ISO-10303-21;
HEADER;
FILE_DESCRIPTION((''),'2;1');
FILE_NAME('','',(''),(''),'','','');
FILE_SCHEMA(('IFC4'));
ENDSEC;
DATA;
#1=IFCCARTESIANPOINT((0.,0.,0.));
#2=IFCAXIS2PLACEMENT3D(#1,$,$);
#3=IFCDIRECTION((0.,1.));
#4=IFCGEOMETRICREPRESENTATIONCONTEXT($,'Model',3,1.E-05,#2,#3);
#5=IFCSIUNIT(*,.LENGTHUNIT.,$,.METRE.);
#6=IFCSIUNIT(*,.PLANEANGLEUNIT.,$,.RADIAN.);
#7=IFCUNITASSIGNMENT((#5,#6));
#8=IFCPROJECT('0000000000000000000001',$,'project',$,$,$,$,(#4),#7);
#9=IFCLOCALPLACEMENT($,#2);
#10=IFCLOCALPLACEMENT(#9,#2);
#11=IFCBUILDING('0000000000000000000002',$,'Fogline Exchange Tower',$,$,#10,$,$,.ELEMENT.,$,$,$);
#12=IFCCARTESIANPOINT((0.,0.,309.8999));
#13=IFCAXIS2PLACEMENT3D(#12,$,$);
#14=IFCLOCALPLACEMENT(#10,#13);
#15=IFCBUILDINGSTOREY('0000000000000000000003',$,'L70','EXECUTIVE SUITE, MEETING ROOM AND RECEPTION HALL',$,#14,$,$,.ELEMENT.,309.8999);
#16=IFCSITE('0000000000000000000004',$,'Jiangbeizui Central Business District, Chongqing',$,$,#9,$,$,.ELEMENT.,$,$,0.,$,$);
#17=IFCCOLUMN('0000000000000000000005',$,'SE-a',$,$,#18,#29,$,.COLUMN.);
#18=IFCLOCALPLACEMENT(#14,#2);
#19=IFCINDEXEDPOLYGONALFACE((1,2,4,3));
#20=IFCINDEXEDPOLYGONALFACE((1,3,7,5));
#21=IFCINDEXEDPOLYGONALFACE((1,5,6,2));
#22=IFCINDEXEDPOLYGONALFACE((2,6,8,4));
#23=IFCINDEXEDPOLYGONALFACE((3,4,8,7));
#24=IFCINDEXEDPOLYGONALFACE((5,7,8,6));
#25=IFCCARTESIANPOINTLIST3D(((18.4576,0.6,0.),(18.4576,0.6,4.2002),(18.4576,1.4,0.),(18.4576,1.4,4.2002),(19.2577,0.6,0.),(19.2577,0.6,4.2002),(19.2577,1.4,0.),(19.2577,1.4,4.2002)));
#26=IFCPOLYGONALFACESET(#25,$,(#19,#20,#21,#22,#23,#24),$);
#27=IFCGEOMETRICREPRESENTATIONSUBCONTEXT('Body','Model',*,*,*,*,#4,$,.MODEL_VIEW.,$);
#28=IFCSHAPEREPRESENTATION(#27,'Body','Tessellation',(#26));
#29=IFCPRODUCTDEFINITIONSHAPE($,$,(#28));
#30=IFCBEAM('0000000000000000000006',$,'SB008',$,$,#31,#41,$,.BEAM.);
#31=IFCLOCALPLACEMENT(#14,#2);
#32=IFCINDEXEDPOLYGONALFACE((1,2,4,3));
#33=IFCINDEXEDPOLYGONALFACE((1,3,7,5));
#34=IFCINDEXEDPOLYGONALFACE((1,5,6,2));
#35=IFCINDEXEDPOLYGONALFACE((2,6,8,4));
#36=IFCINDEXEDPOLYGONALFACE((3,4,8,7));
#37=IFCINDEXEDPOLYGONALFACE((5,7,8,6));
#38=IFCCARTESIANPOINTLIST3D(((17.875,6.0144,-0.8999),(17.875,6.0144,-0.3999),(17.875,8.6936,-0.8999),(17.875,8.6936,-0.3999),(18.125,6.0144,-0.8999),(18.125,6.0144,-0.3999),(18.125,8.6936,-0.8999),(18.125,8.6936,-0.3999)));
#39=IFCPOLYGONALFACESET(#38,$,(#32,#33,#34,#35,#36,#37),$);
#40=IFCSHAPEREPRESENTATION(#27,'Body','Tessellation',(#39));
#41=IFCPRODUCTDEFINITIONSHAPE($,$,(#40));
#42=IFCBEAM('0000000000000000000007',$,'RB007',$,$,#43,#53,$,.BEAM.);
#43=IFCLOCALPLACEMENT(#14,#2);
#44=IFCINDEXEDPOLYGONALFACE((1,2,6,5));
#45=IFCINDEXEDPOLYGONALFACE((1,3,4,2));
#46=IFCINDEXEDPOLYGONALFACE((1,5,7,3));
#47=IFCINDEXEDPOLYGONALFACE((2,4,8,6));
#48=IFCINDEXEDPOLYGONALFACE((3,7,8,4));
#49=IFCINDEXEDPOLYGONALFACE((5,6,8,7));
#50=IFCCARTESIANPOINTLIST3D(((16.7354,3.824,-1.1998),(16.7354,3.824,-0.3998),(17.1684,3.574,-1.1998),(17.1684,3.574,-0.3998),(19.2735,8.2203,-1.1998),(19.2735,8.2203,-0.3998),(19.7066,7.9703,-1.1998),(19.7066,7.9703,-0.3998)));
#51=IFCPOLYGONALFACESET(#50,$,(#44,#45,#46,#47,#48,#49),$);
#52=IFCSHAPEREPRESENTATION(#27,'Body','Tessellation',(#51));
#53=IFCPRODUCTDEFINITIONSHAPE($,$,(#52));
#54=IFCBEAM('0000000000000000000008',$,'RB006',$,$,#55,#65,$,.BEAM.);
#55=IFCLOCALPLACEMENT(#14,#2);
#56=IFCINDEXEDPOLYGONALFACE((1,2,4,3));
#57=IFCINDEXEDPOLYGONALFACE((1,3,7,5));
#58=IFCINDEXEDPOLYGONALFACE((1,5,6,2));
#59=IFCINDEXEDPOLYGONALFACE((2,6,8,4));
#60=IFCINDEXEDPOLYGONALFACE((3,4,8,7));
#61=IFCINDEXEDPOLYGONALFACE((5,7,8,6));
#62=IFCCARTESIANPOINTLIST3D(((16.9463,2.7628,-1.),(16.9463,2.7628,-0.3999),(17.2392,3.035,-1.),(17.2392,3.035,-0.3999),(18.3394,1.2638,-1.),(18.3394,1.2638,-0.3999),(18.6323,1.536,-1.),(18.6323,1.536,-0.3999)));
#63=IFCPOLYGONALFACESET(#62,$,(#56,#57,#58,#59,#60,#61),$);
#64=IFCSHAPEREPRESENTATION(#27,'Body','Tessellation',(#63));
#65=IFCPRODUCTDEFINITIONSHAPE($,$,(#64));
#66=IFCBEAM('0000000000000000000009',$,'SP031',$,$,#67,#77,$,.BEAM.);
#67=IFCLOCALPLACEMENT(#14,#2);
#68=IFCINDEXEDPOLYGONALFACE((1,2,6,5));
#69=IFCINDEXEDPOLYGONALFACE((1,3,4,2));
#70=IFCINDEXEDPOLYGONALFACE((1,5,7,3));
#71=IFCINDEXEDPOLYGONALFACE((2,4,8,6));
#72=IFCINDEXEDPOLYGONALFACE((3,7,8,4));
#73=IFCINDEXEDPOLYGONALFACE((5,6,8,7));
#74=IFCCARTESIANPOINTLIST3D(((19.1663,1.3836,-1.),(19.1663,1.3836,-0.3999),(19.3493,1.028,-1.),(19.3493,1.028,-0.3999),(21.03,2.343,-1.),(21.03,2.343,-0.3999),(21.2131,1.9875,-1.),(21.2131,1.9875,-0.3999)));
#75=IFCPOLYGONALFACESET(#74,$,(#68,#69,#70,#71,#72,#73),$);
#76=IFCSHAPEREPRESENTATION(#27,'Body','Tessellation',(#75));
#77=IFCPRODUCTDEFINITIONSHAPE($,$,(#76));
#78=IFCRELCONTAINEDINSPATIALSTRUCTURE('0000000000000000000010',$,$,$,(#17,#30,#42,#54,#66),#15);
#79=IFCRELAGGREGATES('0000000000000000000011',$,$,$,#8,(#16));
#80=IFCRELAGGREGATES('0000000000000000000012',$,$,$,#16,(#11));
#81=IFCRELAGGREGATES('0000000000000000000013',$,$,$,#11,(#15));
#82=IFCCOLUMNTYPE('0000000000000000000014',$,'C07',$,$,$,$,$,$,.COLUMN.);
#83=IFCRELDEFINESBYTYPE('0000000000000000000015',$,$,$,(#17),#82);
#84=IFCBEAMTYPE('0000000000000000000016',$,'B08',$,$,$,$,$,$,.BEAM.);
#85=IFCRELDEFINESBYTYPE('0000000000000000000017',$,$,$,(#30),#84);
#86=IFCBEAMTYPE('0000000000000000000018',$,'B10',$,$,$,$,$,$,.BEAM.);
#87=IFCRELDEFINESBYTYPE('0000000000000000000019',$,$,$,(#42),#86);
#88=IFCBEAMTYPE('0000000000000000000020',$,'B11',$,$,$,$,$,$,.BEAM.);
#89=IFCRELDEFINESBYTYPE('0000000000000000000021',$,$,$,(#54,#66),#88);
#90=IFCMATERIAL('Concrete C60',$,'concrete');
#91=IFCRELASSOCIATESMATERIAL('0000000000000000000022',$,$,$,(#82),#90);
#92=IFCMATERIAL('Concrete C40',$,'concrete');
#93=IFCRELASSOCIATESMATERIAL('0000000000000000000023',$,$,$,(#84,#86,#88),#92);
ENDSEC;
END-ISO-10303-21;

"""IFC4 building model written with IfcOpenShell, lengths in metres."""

from ifc_helpers import new_model, si_unit, direction, frame, origin, origin_2d, place, context, subcontext, project, spatial, rectangle, extrude, material, material_profile, profile_set, type_object, element, save


model = new_model("IFC4")

# Units and contexts
model_context = context("Model", 3, precision=1e-05, world=origin(), true_north=direction((0.0, 1.0)))
body_context = subcontext(model_context, "Body", "Model", "MODEL_VIEW")
ifc_project = project(units=[si_unit("LENGTHUNIT", "METRE"), si_unit("PLANEANGLEUNIT", "RADIAN")], contexts=[model_context])

# Site, building, storey
site_placement = place(None, origin())
site = spatial("IfcSite", under=ifc_project, at=site_placement, Name="Jiangbeizui Central Business District, Chongqing", CompositionType="ELEMENT", RefElevation=0.0)
building_placement = place(site_placement, origin())
building = spatial("IfcBuilding", under=site, at=building_placement, Name="Fogline Exchange Tower", CompositionType="ELEMENT")
storey_placement = place(building_placement, frame((0.0, 0.0, 309.8999)))
storey = spatial("IfcBuildingStorey", under=building, at=storey_placement, Name="L70", Description="EXECUTIVE SUITE, MEETING ROOM AND RECEPTION HALL", CompositionType="ELEMENT", Elevation=309.8999)

# Column
ifc_material_1 = material(Name="Concrete C60", Category="concrete")
ifc_material_profile_1 = material_profile(ifc_material_1, rectangle(XDim=0.8, YDim=0.8, at=origin_2d()), Name="RC 800x800")
ifc_profile_set_1 = profile_set([ifc_material_profile_1], Name="Concrete C60")
column_type = type_object("IfcColumnType", Name="C07", PredefinedType="COLUMN", material=ifc_profile_set_1)
column_placement = place(storey_placement, frame((18.8577, 1.0, 0.0), z_axis=(0.0, 0.0, 1.0), x_axis=(1.0, 0.0, 0.0)))
element("IfcColumn", 1, at=column_placement, inside=storey, type_object=column_type, Name="SE-a", PredefinedType="COLUMN", context=body_context, shape_type="SweptSolid", body=[
    extrude(rectangle(XDim=0.8, YDim=0.8, at=origin_2d()), origin(), (0.0, 0.0, 1.0), 4.2002),
])

# Beams
ifc_material_2 = material(Name="Concrete C40", Category="concrete")
ifc_material_profile_2 = material_profile(ifc_material_2, rectangle(XDim=0.25, YDim=0.5, at=origin_2d()), Name="RC 250x500")
ifc_profile_set_2 = profile_set([ifc_material_profile_2], Name="Concrete C40")
beam_type_1 = type_object("IfcBeamType", Name="B08", PredefinedType="BEAM", material=ifc_profile_set_2)
beam_1_placement = place(storey_placement, frame((18.0, 6.0144, -0.6499), z_axis=(0.0, 1.0, 0.0), x_axis=(-1.0, 0.0, 0.0)))
element("IfcBeam", 2, at=beam_1_placement, inside=storey, type_object=beam_type_1, Name="SB008", PredefinedType="BEAM", context=body_context, shape_type="SweptSolid", body=[
    extrude(rectangle(XDim=0.25, YDim=0.5, at=origin_2d()), origin(), (0.0, 0.0, 1.0), 2.6792),
])
ifc_material_profile_3 = material_profile(ifc_material_2, rectangle(XDim=0.5, YDim=0.8, at=origin_2d()), Name="RC 500x800")
ifc_profile_set_3 = profile_set([ifc_material_profile_3], Name="Concrete C40")
beam_type_2 = type_object("IfcBeamType", Name="B10", PredefinedType="BEAM", material=ifc_profile_set_3)
beam_2_placement = place(storey_placement, frame((16.9519, 3.699, -0.7998), z_axis=(0.499988, 0.866033, 0.0), x_axis=(-0.866033, 0.499988, 0.0)))
element("IfcBeam", 3, at=beam_2_placement, inside=storey, type_object=beam_type_2, Name="RB007", PredefinedType="BEAM", context=body_context, shape_type="SweptSolid", body=[
    extrude(rectangle(XDim=0.5, YDim=0.8, at=origin_2d()), origin(), (0.0, 0.0, 1.0), 5.0764),
])
ifc_material_profile_4 = material_profile(ifc_material_2, rectangle(XDim=0.3999, YDim=0.6001, at=origin_2d()), Name="RC 400x600")
ifc_profile_set_4 = profile_set([ifc_material_profile_4], Name="Concrete C40")
beam_type_3 = type_object("IfcBeamType", Name="B11", PredefinedType="BEAM", material=ifc_profile_set_4)
beam_3_placement = place(storey_placement, frame((18.4858, 1.3999, -0.7), z_axis=(-0.680744, 0.732521, 0.0), x_axis=(-0.732521, -0.680744, 0.0)))
element("IfcBeam", 4, at=beam_3_placement, inside=storey, type_object=beam_type_3, Name="RB006", PredefinedType="BEAM", context=body_context, shape_type="SweptSolid", body=[
    extrude(rectangle(XDim=0.3999, YDim=0.6001, at=origin_2d()), origin(), (0.0, 0.0, 1.0), 2.0464),
])
beam_4_placement = place(storey_placement, frame((19.2578, 1.2058, -0.7), z_axis=(0.889101, 0.457711, 0.0), x_axis=(-0.457711, 0.889101, 0.0)))
element("IfcBeam", 5, at=beam_4_placement, inside=storey, type_object=beam_type_3, Name="SP031", PredefinedType="BEAM", context=body_context, shape_type="SweptSolid", body=[
    extrude(rectangle(XDim=0.3999, YDim=0.6001, at=origin_2d()), origin(), (0.0, 0.0, 1.0), 2.0962),
])

save(model, "model.ifc")
